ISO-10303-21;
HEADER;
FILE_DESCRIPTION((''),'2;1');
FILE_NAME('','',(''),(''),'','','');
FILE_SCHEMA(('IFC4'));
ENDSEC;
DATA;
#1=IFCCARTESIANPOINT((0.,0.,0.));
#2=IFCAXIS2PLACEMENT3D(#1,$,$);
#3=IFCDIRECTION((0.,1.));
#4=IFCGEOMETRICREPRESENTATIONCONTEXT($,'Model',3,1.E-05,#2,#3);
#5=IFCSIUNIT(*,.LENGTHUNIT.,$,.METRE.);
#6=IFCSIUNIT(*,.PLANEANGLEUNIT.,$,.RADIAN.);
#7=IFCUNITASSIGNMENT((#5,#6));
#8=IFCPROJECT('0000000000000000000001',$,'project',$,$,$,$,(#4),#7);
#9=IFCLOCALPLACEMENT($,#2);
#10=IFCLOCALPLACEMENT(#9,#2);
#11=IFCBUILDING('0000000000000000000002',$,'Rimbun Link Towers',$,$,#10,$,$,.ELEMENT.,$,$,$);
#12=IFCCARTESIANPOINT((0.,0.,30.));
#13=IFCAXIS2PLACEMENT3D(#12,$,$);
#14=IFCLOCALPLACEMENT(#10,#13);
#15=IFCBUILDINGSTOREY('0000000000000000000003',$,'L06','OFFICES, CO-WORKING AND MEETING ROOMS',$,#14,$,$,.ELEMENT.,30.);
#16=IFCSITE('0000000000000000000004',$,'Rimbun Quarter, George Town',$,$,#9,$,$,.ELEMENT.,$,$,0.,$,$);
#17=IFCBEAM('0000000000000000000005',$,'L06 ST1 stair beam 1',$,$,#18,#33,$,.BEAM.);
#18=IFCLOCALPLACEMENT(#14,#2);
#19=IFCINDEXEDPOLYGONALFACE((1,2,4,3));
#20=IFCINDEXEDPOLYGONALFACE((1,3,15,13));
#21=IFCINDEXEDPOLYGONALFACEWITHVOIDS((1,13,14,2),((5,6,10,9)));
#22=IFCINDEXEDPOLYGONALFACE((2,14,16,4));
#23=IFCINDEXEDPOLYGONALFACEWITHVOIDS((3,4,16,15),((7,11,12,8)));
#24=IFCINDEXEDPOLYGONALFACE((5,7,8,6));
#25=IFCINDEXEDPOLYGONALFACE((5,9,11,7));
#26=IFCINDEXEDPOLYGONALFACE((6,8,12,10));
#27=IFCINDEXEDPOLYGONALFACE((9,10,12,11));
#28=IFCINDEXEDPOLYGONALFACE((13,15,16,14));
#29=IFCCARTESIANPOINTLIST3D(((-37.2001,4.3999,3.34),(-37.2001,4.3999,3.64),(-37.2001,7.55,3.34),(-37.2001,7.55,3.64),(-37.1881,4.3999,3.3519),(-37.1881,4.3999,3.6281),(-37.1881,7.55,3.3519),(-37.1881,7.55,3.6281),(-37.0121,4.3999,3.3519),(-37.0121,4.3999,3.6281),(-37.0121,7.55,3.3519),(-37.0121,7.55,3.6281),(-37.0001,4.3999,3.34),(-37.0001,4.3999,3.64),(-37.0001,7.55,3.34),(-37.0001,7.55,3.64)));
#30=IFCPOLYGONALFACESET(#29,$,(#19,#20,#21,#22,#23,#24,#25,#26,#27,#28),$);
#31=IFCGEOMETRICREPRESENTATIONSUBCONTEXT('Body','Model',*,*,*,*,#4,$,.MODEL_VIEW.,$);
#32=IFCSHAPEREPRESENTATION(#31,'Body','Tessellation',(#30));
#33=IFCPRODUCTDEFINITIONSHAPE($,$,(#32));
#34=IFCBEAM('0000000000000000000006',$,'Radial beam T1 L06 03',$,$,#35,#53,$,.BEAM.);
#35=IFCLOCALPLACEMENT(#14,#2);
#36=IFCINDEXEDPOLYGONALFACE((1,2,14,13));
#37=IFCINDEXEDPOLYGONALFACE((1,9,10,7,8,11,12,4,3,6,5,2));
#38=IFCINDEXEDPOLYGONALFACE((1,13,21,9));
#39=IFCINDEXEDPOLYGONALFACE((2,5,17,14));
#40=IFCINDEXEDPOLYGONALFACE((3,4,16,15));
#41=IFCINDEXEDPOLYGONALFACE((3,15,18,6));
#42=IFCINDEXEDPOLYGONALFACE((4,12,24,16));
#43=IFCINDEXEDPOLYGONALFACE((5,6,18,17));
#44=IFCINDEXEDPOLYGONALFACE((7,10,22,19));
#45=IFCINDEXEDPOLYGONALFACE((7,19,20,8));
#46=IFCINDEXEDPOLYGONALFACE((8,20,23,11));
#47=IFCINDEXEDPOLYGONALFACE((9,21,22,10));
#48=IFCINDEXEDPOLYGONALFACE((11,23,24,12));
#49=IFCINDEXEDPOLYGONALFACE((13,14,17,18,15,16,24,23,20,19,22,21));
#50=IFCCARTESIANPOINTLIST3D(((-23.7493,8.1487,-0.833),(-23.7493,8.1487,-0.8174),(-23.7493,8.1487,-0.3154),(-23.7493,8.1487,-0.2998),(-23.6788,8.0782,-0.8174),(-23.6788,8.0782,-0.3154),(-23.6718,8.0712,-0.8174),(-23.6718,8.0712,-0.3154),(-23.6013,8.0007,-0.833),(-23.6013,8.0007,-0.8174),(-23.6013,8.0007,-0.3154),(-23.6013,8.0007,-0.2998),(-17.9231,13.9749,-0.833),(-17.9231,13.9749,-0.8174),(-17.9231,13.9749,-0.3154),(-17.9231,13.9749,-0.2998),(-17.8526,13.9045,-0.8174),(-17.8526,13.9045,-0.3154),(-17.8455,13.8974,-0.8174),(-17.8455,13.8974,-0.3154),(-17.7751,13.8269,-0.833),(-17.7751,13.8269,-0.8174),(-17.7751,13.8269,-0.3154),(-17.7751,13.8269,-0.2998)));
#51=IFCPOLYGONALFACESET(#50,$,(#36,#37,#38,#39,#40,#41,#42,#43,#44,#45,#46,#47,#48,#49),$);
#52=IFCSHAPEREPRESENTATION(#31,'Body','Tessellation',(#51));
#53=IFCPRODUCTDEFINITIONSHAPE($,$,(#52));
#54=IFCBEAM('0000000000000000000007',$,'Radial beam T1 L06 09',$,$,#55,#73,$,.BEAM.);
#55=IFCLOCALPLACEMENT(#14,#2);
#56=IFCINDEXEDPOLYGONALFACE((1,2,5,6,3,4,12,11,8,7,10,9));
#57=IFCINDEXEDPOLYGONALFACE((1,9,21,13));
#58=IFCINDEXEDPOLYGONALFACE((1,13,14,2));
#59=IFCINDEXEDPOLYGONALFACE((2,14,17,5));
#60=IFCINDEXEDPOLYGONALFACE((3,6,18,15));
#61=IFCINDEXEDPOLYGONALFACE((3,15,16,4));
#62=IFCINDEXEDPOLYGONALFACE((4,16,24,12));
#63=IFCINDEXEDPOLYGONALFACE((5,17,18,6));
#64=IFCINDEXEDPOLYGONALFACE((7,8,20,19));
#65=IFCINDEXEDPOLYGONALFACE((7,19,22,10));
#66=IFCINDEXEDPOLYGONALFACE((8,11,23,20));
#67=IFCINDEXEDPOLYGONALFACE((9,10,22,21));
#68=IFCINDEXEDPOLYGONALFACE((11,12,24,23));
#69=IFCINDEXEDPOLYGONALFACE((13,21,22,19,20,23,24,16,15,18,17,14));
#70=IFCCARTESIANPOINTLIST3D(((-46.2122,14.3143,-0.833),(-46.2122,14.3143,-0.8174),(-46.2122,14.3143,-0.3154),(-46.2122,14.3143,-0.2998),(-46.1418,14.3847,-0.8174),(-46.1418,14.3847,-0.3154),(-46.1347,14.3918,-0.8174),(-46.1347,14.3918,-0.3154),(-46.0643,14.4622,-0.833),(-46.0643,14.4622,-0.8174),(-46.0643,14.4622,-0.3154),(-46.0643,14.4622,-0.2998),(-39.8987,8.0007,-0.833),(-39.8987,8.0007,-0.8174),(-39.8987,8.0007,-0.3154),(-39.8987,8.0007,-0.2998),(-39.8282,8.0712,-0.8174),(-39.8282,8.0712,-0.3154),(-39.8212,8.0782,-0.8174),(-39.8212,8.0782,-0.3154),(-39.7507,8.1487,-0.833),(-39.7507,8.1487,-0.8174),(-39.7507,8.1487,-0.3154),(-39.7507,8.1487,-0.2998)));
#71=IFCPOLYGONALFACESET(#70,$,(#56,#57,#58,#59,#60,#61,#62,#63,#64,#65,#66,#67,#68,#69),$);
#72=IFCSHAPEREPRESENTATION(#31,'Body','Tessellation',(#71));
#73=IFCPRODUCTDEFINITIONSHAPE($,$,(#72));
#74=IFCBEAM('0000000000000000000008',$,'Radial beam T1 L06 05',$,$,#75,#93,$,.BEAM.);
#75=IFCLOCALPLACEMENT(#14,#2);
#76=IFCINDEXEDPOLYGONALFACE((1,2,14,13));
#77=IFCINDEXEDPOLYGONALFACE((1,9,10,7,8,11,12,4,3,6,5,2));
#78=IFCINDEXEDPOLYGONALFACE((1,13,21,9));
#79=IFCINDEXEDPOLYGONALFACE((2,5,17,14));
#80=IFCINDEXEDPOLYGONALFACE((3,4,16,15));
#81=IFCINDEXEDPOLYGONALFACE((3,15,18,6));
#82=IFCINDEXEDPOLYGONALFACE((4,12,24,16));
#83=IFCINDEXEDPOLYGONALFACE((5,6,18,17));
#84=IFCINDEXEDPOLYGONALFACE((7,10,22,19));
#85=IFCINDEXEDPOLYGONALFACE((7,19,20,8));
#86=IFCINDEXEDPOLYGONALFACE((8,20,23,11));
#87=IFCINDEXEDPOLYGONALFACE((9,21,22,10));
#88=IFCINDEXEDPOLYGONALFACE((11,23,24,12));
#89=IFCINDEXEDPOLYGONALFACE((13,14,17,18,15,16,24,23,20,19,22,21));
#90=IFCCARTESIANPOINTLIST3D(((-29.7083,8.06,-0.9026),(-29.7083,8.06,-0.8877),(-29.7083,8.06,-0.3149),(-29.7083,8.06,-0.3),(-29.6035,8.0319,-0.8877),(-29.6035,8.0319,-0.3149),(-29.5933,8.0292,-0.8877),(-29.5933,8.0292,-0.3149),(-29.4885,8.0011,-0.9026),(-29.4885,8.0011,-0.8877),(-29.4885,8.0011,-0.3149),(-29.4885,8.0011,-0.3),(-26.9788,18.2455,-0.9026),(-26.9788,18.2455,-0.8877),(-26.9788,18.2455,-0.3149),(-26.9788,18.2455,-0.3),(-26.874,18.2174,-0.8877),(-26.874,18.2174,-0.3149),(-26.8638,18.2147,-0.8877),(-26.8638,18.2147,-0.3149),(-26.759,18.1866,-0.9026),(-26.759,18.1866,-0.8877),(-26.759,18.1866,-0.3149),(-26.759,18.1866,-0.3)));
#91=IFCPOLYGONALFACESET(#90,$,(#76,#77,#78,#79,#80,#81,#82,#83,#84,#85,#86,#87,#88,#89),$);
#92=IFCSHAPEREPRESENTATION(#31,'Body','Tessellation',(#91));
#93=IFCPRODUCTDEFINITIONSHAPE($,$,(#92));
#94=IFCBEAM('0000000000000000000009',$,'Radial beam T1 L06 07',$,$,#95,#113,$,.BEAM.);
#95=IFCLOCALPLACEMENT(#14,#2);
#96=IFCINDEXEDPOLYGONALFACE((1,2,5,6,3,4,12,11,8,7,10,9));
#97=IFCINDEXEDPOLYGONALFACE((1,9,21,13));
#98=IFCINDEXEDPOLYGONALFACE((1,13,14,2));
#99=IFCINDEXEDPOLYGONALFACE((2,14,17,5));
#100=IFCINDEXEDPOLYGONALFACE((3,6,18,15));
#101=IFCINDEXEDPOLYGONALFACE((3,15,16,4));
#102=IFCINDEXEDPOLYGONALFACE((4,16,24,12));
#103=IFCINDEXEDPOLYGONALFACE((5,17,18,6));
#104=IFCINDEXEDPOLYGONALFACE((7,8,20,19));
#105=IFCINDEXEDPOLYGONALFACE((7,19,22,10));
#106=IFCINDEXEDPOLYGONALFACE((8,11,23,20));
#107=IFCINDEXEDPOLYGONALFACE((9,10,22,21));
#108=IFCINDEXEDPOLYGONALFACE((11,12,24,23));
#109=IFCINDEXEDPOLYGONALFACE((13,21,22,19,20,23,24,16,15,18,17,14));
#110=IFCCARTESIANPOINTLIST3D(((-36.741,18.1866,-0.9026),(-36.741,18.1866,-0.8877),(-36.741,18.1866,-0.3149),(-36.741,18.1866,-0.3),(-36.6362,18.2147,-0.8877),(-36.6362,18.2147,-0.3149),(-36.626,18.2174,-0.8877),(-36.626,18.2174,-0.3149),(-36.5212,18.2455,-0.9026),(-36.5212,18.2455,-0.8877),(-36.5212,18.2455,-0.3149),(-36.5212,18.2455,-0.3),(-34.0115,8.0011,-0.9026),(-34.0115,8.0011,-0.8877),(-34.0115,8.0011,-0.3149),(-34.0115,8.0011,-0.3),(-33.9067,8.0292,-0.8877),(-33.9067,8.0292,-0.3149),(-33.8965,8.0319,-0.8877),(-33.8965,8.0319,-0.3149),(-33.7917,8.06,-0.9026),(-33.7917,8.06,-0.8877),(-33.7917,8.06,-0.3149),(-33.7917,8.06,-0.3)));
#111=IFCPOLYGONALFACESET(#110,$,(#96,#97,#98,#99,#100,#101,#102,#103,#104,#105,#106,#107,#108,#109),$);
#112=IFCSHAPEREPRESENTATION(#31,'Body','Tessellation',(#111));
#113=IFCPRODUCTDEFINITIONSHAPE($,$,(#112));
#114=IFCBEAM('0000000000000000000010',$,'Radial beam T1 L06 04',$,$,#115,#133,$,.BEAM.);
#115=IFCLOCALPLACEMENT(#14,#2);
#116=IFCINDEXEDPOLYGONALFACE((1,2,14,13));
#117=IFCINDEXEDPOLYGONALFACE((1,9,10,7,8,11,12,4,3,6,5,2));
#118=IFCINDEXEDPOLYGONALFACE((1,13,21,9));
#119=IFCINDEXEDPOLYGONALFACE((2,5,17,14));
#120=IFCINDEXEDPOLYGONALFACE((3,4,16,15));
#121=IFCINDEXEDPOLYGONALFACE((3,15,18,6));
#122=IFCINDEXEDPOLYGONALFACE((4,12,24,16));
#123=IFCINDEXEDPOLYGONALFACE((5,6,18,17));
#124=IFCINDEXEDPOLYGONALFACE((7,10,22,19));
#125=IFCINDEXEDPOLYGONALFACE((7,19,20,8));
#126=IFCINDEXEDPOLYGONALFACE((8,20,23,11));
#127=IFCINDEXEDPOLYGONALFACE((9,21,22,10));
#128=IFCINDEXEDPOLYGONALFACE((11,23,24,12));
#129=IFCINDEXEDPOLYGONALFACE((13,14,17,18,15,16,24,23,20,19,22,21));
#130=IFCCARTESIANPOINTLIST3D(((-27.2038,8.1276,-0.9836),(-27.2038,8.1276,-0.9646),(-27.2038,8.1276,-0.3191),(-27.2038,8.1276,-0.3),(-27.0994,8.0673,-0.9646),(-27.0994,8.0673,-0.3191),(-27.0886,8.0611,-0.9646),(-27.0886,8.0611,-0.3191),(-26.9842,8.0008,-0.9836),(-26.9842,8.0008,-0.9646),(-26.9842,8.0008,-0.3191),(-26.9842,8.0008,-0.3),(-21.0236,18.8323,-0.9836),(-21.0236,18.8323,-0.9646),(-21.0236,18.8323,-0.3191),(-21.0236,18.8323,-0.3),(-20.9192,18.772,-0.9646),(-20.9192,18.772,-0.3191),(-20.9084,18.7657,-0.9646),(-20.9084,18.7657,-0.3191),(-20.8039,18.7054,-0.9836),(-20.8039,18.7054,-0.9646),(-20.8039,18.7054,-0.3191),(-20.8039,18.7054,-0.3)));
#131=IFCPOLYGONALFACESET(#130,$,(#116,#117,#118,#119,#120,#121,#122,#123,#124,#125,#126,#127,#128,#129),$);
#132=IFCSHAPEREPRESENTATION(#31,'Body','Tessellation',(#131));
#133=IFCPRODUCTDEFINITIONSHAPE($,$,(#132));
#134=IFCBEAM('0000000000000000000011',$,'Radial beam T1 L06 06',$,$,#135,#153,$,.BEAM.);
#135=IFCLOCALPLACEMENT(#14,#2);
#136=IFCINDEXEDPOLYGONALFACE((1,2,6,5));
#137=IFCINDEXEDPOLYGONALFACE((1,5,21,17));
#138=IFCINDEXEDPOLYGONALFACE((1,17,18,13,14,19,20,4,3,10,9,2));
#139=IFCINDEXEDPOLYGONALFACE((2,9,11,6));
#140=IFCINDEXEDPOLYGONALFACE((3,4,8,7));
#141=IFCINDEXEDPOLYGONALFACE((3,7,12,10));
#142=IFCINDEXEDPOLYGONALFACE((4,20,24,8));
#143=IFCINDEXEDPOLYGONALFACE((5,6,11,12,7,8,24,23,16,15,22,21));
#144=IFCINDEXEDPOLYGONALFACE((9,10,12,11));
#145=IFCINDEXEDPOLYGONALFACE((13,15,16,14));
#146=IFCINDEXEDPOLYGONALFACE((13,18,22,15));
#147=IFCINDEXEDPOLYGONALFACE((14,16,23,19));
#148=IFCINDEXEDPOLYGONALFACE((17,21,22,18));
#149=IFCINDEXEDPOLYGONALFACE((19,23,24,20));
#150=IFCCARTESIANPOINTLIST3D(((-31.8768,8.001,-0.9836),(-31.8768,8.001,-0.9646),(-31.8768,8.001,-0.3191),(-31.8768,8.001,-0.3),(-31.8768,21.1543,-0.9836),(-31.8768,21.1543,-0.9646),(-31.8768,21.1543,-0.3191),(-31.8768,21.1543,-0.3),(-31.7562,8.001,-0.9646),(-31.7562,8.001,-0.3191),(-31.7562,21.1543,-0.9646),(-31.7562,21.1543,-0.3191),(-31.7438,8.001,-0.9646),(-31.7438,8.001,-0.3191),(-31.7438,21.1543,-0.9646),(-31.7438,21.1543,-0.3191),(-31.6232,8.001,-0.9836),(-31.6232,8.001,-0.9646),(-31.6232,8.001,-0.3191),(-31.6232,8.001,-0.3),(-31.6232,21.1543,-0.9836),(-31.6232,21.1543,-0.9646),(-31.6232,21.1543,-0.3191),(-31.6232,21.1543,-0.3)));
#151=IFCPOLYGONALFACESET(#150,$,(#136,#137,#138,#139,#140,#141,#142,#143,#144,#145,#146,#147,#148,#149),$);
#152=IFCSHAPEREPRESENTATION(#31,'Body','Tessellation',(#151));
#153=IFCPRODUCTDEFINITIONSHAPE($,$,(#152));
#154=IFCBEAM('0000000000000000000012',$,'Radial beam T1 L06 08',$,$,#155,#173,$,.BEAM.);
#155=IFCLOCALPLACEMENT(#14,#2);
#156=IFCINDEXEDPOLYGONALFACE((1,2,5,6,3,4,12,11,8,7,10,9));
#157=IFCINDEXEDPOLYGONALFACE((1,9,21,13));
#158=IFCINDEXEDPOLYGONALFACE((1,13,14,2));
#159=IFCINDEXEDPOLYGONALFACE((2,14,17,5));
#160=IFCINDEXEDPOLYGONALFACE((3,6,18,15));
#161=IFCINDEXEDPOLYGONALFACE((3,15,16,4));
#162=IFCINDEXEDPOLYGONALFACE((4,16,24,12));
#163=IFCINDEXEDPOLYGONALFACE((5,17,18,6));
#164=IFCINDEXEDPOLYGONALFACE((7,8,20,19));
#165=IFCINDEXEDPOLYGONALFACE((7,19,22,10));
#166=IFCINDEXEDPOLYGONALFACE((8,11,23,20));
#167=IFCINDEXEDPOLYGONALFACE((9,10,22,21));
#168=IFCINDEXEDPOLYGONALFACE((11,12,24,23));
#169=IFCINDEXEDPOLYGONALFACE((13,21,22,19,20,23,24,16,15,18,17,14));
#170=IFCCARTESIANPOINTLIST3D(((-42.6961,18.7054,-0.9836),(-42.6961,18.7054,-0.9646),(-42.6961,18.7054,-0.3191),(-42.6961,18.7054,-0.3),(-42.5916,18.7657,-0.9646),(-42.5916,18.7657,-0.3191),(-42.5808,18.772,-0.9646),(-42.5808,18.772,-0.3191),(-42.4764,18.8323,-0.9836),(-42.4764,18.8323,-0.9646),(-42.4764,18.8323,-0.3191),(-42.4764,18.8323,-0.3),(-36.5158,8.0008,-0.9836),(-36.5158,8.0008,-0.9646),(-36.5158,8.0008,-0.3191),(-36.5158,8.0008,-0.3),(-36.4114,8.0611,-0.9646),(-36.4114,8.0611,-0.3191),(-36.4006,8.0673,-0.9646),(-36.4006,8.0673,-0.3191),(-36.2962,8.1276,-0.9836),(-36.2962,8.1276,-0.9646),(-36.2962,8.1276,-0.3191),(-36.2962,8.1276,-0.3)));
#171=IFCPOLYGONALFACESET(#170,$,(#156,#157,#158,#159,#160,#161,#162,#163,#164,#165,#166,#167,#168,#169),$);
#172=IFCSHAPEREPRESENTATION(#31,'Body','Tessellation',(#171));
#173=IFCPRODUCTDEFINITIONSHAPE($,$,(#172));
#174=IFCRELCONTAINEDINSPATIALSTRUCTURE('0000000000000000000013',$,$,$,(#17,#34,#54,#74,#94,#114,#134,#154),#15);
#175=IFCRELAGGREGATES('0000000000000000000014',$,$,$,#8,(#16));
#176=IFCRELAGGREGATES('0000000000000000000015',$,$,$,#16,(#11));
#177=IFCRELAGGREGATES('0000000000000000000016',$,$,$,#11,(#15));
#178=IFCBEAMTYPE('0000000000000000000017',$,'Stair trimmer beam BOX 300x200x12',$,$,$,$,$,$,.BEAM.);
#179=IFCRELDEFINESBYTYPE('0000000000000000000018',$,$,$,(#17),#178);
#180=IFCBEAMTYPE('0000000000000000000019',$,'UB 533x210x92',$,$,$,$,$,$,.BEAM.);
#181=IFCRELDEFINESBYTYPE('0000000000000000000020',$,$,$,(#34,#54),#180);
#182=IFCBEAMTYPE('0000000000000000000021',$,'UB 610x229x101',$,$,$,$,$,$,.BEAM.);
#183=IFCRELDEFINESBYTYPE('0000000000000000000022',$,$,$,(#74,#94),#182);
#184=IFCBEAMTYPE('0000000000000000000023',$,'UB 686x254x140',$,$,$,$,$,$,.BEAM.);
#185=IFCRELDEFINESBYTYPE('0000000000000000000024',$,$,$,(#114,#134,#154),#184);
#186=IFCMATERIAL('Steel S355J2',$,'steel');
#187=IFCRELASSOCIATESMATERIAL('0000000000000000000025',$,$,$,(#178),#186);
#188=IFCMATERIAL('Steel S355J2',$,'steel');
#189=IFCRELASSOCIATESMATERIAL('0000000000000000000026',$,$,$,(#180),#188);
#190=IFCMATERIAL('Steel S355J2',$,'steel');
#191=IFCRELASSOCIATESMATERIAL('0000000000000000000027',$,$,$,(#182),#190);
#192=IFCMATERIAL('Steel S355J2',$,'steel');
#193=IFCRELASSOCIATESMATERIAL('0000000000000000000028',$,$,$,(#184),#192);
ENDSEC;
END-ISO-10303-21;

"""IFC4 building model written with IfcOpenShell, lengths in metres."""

from ifc_helpers import new_model, si_unit, direction, frame, origin, origin_2d, place, context, subcontext, project, spatial, hollow_rectangle, i_section, extrude, material, material_profile, profile_set, type_object, element, save


model = new_model("IFC4")

# Units and contexts
model_context = context("Model", 3, precision=1e-05, world=origin(), true_north=direction((0.0, 1.0)))
body_context = subcontext(model_context, "Body", "Model", "MODEL_VIEW")
ifc_project = project(units=[si_unit("LENGTHUNIT", "METRE"), si_unit("PLANEANGLEUNIT", "RADIAN")], contexts=[model_context])

# Site, building, storey
site_placement = place(None, origin())
site = spatial("IfcSite", under=ifc_project, at=site_placement, Name="Rimbun Quarter, George Town", CompositionType="ELEMENT", RefElevation=0.0)
building_placement = place(site_placement, origin())
building = spatial("IfcBuilding", under=site, at=building_placement, Name="Rimbun Link Towers", CompositionType="ELEMENT")
storey_placement = place(building_placement, frame((0.0, 0.0, 30.0)))
storey = spatial("IfcBuildingStorey", under=building, at=storey_placement, Name="L06", Description="OFFICES, CO-WORKING AND MEETING ROOMS", CompositionType="ELEMENT", Elevation=30.0)

# Beams
ifc_material_1 = material(Name="Steel S355J2", Category="steel")
ifc_material_profile_1 = material_profile(ifc_material_1, hollow_rectangle(XDim=0.2, YDim=0.3, WallThickness=0.012, at=origin_2d()), Name="BOX 300x200x12")
ifc_profile_set_1 = profile_set([ifc_material_profile_1], Name="Steel S355J2")
beam_type_1 = type_object("IfcBeamType", Name="Stair trimmer beam BOX 300x200x12", PredefinedType="BEAM", material=ifc_profile_set_1)
beam_1_placement = place(storey_placement, frame((-37.1001, 7.55, 3.49), z_axis=(0.0, -1.0, 0.0), x_axis=(1.0, 0.0, 0.0)))
element("IfcBeam", 1, at=beam_1_placement, inside=storey, type_object=beam_type_1, Name="L06 ST1 stair beam 1", PredefinedType="BEAM", context=body_context, shape_type="SweptSolid", body=[
    extrude(hollow_rectangle(XDim=0.2, YDim=0.3, WallThickness=0.012, at=origin_2d()), origin(), (0.0, 0.0, 1.0), 3.1501),
])
ifc_material_2 = material(Name="Steel S355J2", Category="steel")
ifc_material_profile_2 = material_profile(ifc_material_2, i_section(OverallWidth=0.2092, OverallDepth=0.5332, WebThickness=0.01, FlangeThickness=0.0156, at=origin_2d()), Name="UB 533x210x92")
ifc_profile_set_2 = profile_set([ifc_material_profile_2], Name="Steel S355J2")
beam_type_2 = type_object("IfcBeamType", Name="UB 533x210x92", PredefinedType="BEAM", material=ifc_profile_set_2)
beam_2_placement = place(storey_placement, frame((-23.6753, 8.0747, -0.5664), z_axis=(0.707107, 0.707107, 0.0), x_axis=(-0.707107, 0.707107, 0.0)))
element("IfcBeam", 2, at=beam_2_placement, inside=storey, type_object=beam_type_2, Name="Radial beam T1 L06 03", PredefinedType="BEAM", context=body_context, shape_type="SweptSolid", body=[
    extrude(i_section(OverallWidth=0.2092, OverallDepth=0.5332, WebThickness=0.01, FlangeThickness=0.0156, at=origin_2d()), origin(), (0.0, 0.0, 1.0), 8.2395),
])
beam_3_placement = place(storey_placement, frame((-39.8247, 8.0747, -0.5664), z_axis=(-0.707107, 0.707107, 0.0), x_axis=(-0.707107, -0.707107, 0.0)))
element("IfcBeam", 3, at=beam_3_placement, inside=storey, type_object=beam_type_2, Name="Radial beam T1 L06 09", PredefinedType="BEAM", context=body_context, shape_type="SweptSolid", body=[
    extrude(i_section(OverallWidth=0.2092, OverallDepth=0.5332, WebThickness=0.01, FlangeThickness=0.0156, at=origin_2d()), origin(), (0.0, 0.0, 1.0), 8.9287),
])
ifc_material_3 = material(Name="Steel S355J2", Category="steel")
ifc_material_profile_3 = material_profile(ifc_material_3, i_section(OverallWidth=0.2275, OverallDepth=0.6025, WebThickness=0.0105, FlangeThickness=0.0149, at=origin_2d()), Name="UB 610x229x101")
ifc_profile_set_3 = profile_set([ifc_material_profile_3], Name="Steel S355J2")
beam_type_3 = type_object("IfcBeamType", Name="UB 610x229x101", PredefinedType="BEAM", material=ifc_profile_set_3)
for number, where, z_axis, x_axis, name in (
    (4, (-29.5984, 8.0305, -0.6013), (0.258844, 0.965919, 0.0), (-0.965919, 0.258844, 0.0), "Radial beam T1 L06 05"),
    (5, (-33.9016, 8.0305, -0.6013), (-0.258844, 0.965919, 0.0), (-0.965919, -0.258844, 0.0), "Radial beam T1 L06 07"),
):
    element("IfcBeam", number, at=place(storey_placement, frame(where, z_axis=z_axis, x_axis=x_axis)), inside=storey, type_object=beam_type_3, Name=name, PredefinedType="BEAM", context=body_context, shape_type="SweptSolid", body=[
        extrude(i_section(OverallWidth=0.2275, OverallDepth=0.6025, WebThickness=0.0105, FlangeThickness=0.0149, at=origin_2d()), origin(), (0.0, 0.0, 1.0), 10.5449),
    ])
ifc_material_4 = material(Name="Steel S355J2", Category="steel")
ifc_material_profile_4 = material_profile(ifc_material_4, i_section(OverallWidth=0.2537, OverallDepth=0.6836, WebThickness=0.0125, FlangeThickness=0.019, at=origin_2d()), Name="UB 686x254x140")
ifc_profile_set_4 = profile_set([ifc_material_profile_4], Name="Steel S355J2")
beam_type_4 = type_object("IfcBeamType", Name="UB 686x254x140", PredefinedType="BEAM", material=ifc_profile_set_4)
beam_4_placement = place(storey_placement, frame((-27.094, 8.0642, -0.6418), z_axis=(0.499993, 0.86603, 0.0), x_axis=(-0.86603, 0.499993, 0.0)))
element("IfcBeam", 6, at=beam_4_placement, inside=storey, type_object=beam_type_4, Name="Radial beam T1 L06 04", PredefinedType="BEAM", context=body_context, shape_type="SweptSolid", body=[
    extrude(i_section(OverallWidth=0.2537, OverallDepth=0.6836, WebThickness=0.0125, FlangeThickness=0.019, at=origin_2d()), origin(), (0.0, 0.0, 1.0), 12.3606),
])
beam_5_placement = place(storey_placement, frame((-31.75, 8.001, -0.6418), z_axis=(0.0, 1.0, 0.0), x_axis=(-1.0, 0.0, 0.0)))
element("IfcBeam", 7, at=beam_5_placement, inside=storey, type_object=beam_type_4, Name="Radial beam T1 L06 06", PredefinedType="BEAM", context=body_context, shape_type="SweptSolid", body=[
    extrude(i_section(OverallWidth=0.2537, OverallDepth=0.6836, WebThickness=0.0125, FlangeThickness=0.019, at=origin_2d()), origin(), (0.0, 0.0, 1.0), 13.1533),
])
beam_6_placement = place(storey_placement, frame((-36.406, 8.0642, -0.6418), z_axis=(-0.499993, 0.86603, 0.0), x_axis=(-0.86603, -0.499993, 0.0)))
element("IfcBeam", 8, at=beam_6_placement, inside=storey, type_object=beam_type_4, Name="Radial beam T1 L06 08", PredefinedType="BEAM", context=body_context, shape_type="SweptSolid", body=[
    extrude(i_section(OverallWidth=0.2537, OverallDepth=0.6836, WebThickness=0.0125, FlangeThickness=0.019, at=origin_2d()), origin(), (0.0, 0.0, 1.0), 12.3606),
])

save(model, "model.ifc")
